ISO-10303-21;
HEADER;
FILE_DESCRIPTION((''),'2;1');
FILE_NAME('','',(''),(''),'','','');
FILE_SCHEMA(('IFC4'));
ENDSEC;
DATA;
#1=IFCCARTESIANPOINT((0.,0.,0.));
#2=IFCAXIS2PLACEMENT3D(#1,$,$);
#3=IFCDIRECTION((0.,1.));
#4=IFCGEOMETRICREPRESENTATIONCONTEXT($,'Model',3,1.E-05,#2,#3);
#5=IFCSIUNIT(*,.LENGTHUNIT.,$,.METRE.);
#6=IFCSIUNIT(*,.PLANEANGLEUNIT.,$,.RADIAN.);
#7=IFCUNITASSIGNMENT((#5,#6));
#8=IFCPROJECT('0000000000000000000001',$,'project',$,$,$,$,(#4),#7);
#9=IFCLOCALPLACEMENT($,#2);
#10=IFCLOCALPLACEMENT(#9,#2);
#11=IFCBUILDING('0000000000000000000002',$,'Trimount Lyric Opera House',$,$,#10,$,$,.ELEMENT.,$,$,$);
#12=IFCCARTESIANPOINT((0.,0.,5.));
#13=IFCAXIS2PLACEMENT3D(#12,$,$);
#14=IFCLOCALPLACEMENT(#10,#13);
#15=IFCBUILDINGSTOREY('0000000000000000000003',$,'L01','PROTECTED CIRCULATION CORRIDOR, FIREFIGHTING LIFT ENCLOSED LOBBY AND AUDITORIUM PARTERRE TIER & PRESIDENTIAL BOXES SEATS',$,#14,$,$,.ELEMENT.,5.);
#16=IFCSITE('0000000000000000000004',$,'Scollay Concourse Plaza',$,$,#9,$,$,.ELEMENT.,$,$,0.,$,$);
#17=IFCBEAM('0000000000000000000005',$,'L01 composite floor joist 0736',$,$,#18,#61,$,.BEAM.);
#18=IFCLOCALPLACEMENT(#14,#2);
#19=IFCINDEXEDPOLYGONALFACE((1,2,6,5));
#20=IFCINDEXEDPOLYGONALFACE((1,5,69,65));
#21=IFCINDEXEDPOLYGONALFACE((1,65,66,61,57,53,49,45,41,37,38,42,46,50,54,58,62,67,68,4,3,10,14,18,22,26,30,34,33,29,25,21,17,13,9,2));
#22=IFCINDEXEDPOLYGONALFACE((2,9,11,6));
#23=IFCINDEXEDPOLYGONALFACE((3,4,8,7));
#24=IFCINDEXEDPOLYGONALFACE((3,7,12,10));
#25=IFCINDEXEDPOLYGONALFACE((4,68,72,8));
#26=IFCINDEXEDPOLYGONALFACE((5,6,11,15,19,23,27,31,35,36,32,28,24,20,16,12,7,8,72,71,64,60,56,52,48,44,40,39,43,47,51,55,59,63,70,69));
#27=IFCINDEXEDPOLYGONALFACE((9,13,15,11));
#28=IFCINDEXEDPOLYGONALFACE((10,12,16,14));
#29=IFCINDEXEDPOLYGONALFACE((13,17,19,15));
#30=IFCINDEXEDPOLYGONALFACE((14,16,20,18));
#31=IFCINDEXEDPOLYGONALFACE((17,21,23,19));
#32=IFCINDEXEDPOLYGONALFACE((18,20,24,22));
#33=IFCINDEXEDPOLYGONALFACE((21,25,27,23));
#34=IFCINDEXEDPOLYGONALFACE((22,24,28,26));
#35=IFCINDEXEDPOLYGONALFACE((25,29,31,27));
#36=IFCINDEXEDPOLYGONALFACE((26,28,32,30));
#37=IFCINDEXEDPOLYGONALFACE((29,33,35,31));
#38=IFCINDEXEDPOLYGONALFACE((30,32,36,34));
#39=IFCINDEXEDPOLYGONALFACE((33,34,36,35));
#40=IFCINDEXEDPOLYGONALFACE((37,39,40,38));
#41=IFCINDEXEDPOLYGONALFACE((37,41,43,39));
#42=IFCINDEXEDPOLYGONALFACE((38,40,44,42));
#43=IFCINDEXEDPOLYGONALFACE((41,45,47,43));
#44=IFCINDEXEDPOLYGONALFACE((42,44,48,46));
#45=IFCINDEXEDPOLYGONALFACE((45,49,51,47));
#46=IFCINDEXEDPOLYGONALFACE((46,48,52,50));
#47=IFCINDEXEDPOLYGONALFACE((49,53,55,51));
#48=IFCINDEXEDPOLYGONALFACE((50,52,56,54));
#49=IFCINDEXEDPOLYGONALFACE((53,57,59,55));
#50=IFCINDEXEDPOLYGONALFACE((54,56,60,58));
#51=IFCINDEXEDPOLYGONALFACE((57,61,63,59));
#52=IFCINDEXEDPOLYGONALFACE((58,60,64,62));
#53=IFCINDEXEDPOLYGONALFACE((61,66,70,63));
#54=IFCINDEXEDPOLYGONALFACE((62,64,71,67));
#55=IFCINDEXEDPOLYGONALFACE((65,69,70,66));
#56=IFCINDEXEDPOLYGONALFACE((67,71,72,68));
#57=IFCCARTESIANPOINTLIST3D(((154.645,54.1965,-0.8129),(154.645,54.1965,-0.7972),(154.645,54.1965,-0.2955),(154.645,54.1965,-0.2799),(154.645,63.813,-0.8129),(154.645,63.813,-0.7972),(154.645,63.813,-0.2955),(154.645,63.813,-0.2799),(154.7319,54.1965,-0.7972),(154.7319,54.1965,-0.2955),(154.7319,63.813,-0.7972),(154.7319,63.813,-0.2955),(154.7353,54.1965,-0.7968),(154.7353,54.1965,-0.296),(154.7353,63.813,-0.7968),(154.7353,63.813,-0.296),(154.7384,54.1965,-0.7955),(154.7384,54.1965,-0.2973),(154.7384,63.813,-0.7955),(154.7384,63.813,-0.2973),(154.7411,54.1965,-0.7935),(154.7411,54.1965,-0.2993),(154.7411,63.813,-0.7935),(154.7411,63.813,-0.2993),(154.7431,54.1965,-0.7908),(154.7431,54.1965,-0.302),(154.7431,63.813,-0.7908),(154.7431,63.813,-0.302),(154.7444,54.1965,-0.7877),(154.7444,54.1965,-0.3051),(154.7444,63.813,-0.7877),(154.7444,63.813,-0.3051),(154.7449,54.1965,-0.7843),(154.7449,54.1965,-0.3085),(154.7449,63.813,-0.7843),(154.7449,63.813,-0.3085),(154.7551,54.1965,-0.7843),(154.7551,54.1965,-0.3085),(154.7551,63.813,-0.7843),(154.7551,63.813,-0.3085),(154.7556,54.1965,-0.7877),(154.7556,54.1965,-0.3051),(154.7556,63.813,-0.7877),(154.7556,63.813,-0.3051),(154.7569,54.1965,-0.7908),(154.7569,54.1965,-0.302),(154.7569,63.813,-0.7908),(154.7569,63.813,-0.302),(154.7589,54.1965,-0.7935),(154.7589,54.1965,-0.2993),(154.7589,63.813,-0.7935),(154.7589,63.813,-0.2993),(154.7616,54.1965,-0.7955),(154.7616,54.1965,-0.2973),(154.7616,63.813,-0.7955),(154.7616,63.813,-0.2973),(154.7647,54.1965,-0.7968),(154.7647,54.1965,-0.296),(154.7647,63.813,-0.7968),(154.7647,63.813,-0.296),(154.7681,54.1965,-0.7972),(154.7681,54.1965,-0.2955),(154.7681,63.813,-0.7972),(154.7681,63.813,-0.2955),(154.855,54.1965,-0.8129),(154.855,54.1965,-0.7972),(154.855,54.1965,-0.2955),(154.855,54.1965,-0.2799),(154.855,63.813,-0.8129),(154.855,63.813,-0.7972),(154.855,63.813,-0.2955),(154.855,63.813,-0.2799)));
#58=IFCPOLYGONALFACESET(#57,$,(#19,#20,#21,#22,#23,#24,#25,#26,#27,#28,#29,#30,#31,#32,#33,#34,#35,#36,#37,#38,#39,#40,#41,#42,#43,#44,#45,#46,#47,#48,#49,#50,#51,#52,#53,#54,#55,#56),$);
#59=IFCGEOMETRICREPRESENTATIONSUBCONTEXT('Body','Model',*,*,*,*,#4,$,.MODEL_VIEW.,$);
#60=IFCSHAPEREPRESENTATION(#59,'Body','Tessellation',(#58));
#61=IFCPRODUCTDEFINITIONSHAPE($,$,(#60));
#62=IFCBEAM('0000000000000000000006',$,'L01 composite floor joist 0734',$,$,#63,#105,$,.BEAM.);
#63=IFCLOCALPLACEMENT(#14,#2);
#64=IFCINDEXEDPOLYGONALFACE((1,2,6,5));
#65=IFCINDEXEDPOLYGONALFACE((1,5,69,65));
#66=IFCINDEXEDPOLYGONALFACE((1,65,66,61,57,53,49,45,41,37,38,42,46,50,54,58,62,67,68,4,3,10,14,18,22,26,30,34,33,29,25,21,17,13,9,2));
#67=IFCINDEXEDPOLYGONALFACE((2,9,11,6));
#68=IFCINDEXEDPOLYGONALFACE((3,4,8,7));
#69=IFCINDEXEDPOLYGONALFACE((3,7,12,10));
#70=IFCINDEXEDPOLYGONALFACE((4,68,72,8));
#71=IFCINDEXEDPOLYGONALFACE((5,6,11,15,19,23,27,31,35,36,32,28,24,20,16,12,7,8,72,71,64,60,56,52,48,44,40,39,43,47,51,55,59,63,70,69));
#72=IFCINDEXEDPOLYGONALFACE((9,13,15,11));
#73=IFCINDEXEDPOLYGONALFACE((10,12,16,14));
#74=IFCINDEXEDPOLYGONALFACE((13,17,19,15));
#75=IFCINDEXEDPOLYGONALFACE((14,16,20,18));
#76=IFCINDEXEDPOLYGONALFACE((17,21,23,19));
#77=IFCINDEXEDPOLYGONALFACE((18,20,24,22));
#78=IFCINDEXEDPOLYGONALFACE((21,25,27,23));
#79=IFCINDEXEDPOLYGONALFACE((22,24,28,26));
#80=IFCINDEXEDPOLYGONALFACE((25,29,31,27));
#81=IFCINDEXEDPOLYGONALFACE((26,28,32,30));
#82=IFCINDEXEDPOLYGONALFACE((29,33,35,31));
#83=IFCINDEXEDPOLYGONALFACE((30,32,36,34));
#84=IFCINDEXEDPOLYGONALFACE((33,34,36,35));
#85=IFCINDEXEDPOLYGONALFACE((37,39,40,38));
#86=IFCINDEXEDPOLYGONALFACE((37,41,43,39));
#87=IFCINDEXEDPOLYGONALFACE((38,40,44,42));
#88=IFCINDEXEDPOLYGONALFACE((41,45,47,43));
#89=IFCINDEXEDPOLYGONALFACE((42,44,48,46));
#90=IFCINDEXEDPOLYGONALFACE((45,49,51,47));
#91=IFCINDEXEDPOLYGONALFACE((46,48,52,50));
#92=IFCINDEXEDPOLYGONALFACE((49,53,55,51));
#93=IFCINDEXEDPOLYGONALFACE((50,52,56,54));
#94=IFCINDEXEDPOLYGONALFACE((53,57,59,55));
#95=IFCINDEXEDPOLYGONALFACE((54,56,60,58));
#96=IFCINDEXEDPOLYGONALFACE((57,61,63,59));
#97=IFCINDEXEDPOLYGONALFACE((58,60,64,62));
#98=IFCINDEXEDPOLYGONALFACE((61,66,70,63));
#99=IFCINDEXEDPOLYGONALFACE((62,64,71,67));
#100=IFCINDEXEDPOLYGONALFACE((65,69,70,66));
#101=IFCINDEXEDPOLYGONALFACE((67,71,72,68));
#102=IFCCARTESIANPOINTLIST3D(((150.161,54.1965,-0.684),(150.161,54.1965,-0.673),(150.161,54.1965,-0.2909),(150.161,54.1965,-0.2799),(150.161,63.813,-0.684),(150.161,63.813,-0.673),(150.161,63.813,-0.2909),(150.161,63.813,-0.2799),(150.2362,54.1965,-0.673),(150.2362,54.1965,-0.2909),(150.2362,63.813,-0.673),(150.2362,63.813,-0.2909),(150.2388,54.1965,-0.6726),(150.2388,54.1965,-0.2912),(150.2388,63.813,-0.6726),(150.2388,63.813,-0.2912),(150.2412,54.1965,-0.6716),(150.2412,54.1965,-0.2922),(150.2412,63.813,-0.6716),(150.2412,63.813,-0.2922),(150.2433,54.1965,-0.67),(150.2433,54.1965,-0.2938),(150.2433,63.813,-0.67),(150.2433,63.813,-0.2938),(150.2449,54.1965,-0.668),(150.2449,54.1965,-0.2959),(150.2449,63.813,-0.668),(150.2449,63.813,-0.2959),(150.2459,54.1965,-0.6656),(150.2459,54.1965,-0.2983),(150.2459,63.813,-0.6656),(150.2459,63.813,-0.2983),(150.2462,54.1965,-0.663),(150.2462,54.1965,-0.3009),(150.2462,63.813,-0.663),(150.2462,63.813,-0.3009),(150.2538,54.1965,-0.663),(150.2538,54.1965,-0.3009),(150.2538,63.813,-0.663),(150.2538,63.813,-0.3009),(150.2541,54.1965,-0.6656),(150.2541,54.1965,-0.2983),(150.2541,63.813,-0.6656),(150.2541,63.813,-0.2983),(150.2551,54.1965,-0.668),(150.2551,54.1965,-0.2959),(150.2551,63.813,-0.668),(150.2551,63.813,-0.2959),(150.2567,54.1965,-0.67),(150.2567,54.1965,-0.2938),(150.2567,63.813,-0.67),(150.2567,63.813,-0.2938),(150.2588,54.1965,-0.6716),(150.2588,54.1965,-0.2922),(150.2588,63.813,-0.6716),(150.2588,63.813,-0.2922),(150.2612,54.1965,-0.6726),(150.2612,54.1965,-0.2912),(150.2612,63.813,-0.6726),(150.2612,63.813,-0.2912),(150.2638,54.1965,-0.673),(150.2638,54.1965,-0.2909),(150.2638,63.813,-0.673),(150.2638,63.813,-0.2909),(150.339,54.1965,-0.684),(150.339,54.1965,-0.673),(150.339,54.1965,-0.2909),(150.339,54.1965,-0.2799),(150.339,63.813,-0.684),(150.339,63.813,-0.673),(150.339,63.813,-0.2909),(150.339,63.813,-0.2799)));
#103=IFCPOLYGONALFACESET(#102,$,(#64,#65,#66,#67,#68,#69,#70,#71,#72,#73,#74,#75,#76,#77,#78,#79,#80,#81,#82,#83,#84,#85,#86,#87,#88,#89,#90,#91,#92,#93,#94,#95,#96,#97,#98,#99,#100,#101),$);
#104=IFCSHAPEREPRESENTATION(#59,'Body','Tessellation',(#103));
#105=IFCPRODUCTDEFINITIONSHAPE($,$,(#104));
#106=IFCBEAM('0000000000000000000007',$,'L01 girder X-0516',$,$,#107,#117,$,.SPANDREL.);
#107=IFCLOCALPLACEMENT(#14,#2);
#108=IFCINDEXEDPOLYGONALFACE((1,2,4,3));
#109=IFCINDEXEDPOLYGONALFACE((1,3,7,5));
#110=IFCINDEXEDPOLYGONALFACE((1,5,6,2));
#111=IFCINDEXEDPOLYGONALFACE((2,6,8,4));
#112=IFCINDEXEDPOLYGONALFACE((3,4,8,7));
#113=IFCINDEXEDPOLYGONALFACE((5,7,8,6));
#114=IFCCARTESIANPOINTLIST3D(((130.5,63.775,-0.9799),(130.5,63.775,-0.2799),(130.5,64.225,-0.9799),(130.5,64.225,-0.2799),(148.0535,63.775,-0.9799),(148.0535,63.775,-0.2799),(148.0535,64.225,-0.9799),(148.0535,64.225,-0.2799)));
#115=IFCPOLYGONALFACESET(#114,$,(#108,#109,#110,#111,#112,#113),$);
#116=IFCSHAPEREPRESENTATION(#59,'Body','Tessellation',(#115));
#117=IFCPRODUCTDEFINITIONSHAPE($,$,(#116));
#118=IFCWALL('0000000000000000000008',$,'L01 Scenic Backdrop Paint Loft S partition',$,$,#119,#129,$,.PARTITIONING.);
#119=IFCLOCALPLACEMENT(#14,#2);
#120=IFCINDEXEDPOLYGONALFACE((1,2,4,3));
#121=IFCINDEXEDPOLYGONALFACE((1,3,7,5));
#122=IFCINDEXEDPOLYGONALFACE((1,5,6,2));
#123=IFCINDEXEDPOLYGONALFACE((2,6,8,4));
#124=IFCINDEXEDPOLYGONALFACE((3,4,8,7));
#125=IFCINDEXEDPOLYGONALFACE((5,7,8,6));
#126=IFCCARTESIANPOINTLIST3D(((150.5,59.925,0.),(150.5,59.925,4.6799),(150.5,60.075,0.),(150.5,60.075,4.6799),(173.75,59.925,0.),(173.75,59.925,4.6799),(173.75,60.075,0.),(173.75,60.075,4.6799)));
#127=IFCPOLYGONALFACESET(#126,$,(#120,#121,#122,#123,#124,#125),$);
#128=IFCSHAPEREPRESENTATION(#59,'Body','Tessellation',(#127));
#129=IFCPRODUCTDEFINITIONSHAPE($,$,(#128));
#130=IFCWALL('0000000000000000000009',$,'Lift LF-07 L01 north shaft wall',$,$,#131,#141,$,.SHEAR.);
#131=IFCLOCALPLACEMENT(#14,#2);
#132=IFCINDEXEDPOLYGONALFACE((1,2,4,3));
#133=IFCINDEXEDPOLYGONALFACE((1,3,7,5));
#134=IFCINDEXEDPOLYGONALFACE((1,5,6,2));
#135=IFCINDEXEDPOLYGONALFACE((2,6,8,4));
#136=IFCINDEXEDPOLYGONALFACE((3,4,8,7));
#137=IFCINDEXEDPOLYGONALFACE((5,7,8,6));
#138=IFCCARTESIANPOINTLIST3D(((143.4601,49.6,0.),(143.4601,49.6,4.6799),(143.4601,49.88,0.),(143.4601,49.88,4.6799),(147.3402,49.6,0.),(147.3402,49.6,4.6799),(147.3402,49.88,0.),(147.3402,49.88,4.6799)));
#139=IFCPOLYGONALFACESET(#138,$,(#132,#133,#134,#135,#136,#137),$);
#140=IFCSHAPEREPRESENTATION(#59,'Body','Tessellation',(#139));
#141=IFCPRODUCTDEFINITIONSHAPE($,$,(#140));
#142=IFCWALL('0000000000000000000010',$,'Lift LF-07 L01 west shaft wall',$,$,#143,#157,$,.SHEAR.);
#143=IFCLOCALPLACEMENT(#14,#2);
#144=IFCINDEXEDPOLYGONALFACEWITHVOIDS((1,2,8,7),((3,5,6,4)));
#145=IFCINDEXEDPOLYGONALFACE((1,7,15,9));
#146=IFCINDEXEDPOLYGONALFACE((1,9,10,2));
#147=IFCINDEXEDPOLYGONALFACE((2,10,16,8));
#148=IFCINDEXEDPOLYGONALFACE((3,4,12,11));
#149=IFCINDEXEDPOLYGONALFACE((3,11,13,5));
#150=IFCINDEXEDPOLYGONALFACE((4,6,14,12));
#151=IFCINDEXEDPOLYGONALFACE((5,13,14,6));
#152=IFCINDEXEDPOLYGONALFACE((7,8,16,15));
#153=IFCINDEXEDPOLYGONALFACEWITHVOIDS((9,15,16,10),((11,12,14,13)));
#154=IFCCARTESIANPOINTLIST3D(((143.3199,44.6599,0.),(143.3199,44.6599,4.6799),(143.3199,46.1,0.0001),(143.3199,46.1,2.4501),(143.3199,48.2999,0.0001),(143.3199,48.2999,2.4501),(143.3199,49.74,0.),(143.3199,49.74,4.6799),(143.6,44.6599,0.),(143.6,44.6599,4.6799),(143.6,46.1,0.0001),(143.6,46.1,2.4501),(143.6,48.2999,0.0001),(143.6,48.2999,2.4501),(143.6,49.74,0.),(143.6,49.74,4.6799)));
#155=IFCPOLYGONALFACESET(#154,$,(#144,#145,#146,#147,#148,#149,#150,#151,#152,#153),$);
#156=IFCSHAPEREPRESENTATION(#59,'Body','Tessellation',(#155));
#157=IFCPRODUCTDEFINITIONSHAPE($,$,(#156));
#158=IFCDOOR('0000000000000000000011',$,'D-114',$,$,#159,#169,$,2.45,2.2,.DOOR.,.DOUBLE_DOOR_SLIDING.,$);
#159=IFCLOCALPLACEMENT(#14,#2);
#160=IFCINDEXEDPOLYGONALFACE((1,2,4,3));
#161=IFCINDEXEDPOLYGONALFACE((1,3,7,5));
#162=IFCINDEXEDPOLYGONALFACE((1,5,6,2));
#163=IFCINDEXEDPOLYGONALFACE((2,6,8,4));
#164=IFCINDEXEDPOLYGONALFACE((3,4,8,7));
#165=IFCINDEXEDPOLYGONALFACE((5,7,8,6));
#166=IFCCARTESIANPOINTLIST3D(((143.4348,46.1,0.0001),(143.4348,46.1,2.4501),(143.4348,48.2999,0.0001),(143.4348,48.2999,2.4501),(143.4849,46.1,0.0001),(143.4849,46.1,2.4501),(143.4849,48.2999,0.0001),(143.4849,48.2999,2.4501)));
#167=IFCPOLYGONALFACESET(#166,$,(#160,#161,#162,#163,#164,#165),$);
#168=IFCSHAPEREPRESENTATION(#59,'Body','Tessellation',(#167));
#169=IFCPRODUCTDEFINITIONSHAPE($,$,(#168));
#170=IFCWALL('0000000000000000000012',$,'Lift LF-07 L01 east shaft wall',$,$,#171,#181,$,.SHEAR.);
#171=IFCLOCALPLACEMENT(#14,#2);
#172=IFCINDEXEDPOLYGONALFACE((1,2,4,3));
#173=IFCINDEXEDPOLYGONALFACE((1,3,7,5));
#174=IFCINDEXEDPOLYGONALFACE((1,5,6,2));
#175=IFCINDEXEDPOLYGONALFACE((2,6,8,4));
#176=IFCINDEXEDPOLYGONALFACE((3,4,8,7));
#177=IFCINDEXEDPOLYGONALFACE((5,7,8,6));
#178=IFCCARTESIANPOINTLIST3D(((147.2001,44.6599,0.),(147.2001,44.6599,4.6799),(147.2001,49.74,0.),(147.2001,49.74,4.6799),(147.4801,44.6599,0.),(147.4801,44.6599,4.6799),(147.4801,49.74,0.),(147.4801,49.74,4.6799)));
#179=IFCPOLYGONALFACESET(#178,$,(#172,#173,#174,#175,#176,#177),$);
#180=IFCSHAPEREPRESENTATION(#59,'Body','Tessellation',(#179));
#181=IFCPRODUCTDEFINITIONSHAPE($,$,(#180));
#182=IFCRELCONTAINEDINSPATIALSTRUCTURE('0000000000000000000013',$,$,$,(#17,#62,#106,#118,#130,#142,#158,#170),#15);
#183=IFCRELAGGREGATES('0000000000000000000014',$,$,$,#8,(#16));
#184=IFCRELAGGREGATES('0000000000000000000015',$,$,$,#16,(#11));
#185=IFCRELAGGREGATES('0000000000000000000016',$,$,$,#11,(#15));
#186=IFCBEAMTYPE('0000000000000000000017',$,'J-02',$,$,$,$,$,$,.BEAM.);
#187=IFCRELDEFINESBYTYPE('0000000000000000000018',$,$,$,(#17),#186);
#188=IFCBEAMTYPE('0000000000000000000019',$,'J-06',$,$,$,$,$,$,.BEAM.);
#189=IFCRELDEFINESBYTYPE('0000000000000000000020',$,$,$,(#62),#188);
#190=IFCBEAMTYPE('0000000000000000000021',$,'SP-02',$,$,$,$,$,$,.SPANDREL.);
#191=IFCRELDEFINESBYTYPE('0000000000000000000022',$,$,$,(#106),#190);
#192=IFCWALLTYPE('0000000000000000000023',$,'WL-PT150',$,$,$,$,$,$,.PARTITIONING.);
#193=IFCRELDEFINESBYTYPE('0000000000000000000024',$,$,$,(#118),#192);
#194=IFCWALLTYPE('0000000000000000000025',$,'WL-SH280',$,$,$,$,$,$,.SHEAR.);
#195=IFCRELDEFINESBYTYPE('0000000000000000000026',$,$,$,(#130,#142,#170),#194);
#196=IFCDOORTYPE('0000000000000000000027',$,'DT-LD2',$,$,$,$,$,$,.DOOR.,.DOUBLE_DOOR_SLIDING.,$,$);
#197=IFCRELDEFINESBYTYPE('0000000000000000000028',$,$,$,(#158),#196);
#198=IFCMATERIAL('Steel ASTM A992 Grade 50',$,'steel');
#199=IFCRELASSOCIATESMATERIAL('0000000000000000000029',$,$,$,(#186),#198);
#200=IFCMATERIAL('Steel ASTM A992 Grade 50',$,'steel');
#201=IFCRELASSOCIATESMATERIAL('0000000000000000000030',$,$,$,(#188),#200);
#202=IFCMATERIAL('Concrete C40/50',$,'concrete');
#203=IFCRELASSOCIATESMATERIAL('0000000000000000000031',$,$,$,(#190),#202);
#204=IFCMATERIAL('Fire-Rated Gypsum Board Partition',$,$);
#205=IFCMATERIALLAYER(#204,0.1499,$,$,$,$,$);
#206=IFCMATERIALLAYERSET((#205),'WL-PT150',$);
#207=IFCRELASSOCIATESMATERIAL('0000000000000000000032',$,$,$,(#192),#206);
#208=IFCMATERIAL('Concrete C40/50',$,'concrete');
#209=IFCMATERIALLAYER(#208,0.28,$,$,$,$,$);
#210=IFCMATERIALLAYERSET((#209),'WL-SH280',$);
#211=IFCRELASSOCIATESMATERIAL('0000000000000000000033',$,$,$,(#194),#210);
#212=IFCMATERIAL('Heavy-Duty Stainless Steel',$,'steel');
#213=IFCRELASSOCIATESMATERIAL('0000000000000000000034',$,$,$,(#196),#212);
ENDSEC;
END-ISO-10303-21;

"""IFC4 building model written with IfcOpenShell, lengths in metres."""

from ifc_helpers import new_model, si_unit, direction, frame, frame_2d, origin, origin_2d, place, context, subcontext, project, spatial, rectangle, i_section, extrude, material, layer, layer_set, material_profile, profile_set, type_object, element, fill, save


model = new_model("IFC4")

# Units and contexts
model_context = context("Model", 3, precision=1e-05, world=origin(), true_north=direction((0.0, 1.0)))
body_context = subcontext(model_context, "Body", "Model", "MODEL_VIEW")
ifc_project = project(units=[si_unit("LENGTHUNIT", "METRE"), si_unit("PLANEANGLEUNIT", "RADIAN")], contexts=[model_context])

# Site, building, storey
site_placement = place(None, origin())
site = spatial("IfcSite", under=ifc_project, at=site_placement, Name="Scollay Concourse Plaza", CompositionType="ELEMENT", RefElevation=0.0)
building_placement = place(site_placement, origin())
building = spatial("IfcBuilding", under=site, at=building_placement, Name="Trimount Lyric Opera House", CompositionType="ELEMENT")
storey_placement = place(building_placement, frame((0.0, 0.0, 5.0)))
storey = spatial("IfcBuildingStorey", under=building, at=storey_placement, Name="L01", Description="PROTECTED CIRCULATION CORRIDOR, FIREFIGHTING LIFT ENCLOSED LOBBY AND AUDITORIUM PARTERRE TIER & PRESIDENTIAL BOXES SEATS", CompositionType="ELEMENT", Elevation=5.0)

# Beams
ifc_material_1 = material(Name="Steel ASTM A992 Grade 50", Category="steel")
ifc_material_profile_1 = material_profile(ifc_material_1, i_section(OverallWidth=0.21, OverallDepth=0.533, WebThickness=0.0103, FlangeThickness=0.0156, FilletRadius=0.0129, at=origin_2d()), Name="W21X62")
ifc_profile_set_1 = profile_set([ifc_material_profile_1], Name="Steel ASTM A992 Grade 50")
beam_type_1 = type_object("IfcBeamType", Name="J-02", PredefinedType="BEAM", material=ifc_profile_set_1)
beam_1_placement = place(storey_placement, frame((154.75, 54.1965, -0.5464), z_axis=(0.0, 1.0, 0.0), x_axis=(-1.0, 0.0, 0.0)))
element("IfcBeam", 1, at=beam_1_placement, inside=storey, type_object=beam_type_1, Name="L01 composite floor joist 0736", PredefinedType="BEAM", context=body_context, shape_type="SweptSolid", body=[
    extrude(i_section(OverallWidth=0.21, OverallDepth=0.533, WebThickness=0.0103, FlangeThickness=0.0156, FilletRadius=0.0129, at=origin_2d()), origin(), (0.0, 0.0, 1.0), 9.6165),
])
ifc_material_2 = material(Name="Steel ASTM A992 Grade 50", Category="steel")
ifc_material_profile_2 = material_profile(ifc_material_2, i_section(OverallWidth=0.178, OverallDepth=0.4041, WebThickness=0.0076, FlangeThickness=0.011, FilletRadius=0.01, at=origin_2d()), Name="W16X36")
ifc_profile_set_2 = profile_set([ifc_material_profile_2], Name="Steel ASTM A992 Grade 50")
beam_type_2 = type_object("IfcBeamType", Name="J-06", PredefinedType="BEAM", material=ifc_profile_set_2)
beam_2_placement = place(storey_placement, frame((150.25, 54.1965, -0.4819), z_axis=(0.0, 1.0, 0.0), x_axis=(-1.0, 0.0, 0.0)))
element("IfcBeam", 2, at=beam_2_placement, inside=storey, type_object=beam_type_2, Name="L01 composite floor joist 0734", PredefinedType="BEAM", context=body_context, shape_type="SweptSolid", body=[
    extrude(i_section(OverallWidth=0.178, OverallDepth=0.4041, WebThickness=0.0076, FlangeThickness=0.011, FilletRadius=0.01, at=origin_2d()), origin(), (0.0, 0.0, 1.0), 9.6165),
])
ifc_material_3 = material(Name="Concrete C40/50", Category="concrete")
ifc_material_profile_3 = material_profile(ifc_material_3, rectangle(XDim=0.45, YDim=0.7, at=origin_2d()), Name="RC450X700")
ifc_profile_set_3 = profile_set([ifc_material_profile_3], Name="Concrete C40/50")
beam_type_3 = type_object("IfcBeamType", Name="SP-02", PredefinedType="SPANDREL", material=ifc_profile_set_3)
beam_3_placement = place(storey_placement, frame((130.5, 64.0, -0.6299), z_axis=(1.0, 0.0, 0.0), x_axis=(0.0, 1.0, 0.0)))
element("IfcBeam", 3, at=beam_3_placement, inside=storey, type_object=beam_type_3, Name="L01 girder X-0516", PredefinedType="SPANDREL", context=body_context, shape_type="SweptSolid", body=[
    extrude(rectangle(XDim=0.45, YDim=0.7, at=origin_2d()), origin(), (0.0, 0.0, 1.0), 17.5535),
])

# Walls
ifc_material_4 = material(Name="Fire-Rated Gypsum Board Partition")
ifc_layer_1 = layer(ifc_material_4, 0.1499)
ifc_layer_set_1 = layer_set([ifc_layer_1], Name="WL-PT150")
wall_type_1 = type_object("IfcWallType", Name="WL-PT150", PredefinedType="PARTITIONING", material=ifc_layer_set_1)
wall_1_placement = place(storey_placement, frame((150.5, 60.0, 0.0), z_axis=(0.0, 0.0, 1.0), x_axis=(1.0, 0.0, 0.0)))
element("IfcWall", 4, at=wall_1_placement, inside=storey, type_object=wall_type_1, Name="L01 Scenic Backdrop Paint Loft S partition", PredefinedType="PARTITIONING", context=body_context, shape_type="SweptSolid", body=[
    extrude(rectangle(XDim=23.25, YDim=0.1499, at=frame_2d((11.625, 0.0))), origin(), (0.0, 0.0, 1.0), 4.6799),
])
ifc_material_5 = material(Name="Concrete C40/50", Category="concrete")
ifc_layer_2 = layer(ifc_material_5, 0.28)
ifc_layer_set_2 = layer_set([ifc_layer_2], Name="WL-SH280")
wall_type_2 = type_object("IfcWallType", Name="WL-SH280", PredefinedType="SHEAR", material=ifc_layer_set_2)
for number, where, z_axis, x_axis, name in (
    (5, (147.3401, 49.74, 0.0), (0.0, 0.0, 1.0), (-1.0, 0.0, 0.0), "Lift LF-07 L01 north shaft wall"),
):
    element("IfcWall", number, at=place(storey_placement, frame(where, z_axis=z_axis, x_axis=x_axis)), inside=storey, type_object=wall_type_2, Name=name, PredefinedType="SHEAR", context=body_context, shape_type="SweptSolid", body=[
        extrude(rectangle(XDim=3.8801, YDim=0.28, at=frame_2d((1.9399, 0.0))), origin(), (0.0, 0.0, 1.0), 4.6799),
    ])

# Wall, opening, door
wall_2_placement = place(storey_placement, frame((143.46, 49.74, 0.0), z_axis=(0.0, 0.0, 1.0), x_axis=(0.0, -1.0, 0.0)))
wall_2 = element("IfcWall", 6, at=wall_2_placement, inside=storey, type_object=wall_type_2, Name="Lift LF-07 L01 west shaft wall", PredefinedType="SHEAR", context=body_context, shape_type="SweptSolid", body=[
    extrude(rectangle(XDim=5.0801, YDim=0.28, at=frame_2d((2.54, 0.0))), origin(), (0.0, 0.0, 1.0), 4.6799),
])
opening_placement = place(wall_2_placement, frame((1.4399, 0.0, 0.0)))
opening = element("IfcOpeningElement", 7, at=opening_placement, cuts=wall_2, PredefinedType="OPENING", context=body_context, shape_type="SweptSolid", body=[
    extrude(rectangle(XDim=2.2, YDim=2.45, at=frame_2d((1.1001, 1.2251))), frame((0.0, 0.1499, 0.0), z_axis=(0.0, -1.0, 0.0), x_axis=(1.0, 0.0, 0.0)), (0.0, 0.0, 1.0), 0.3),
])
ifc_material_6 = material(Name="Heavy-Duty Stainless Steel", Category="steel")
door_type = type_object("IfcDoorType", Name="DT-LD2", OperationType="DOUBLE_DOOR_SLIDING", PredefinedType="DOOR", material=ifc_material_6)
door_placement = place(opening_placement, origin())
door = element("IfcDoor", 8, at=door_placement, inside=storey, type_object=door_type, Name="D-114", OperationType="DOUBLE_DOOR_SLIDING", OverallHeight=2.45, OverallWidth=2.2, PredefinedType="DOOR", context=body_context, shape_type="SweptSolid", body=[
    extrude(rectangle(XDim=2.2, YDim=2.45, at=frame_2d((1.1001, 1.2251))), frame((0.0, 0.0249, 0.0), z_axis=(0.0, -1.0, 0.0), x_axis=(1.0, 0.0, 0.0)), (0.0, 0.0, 1.0), 0.05),
])
fill(opening, door)

# Wall
wall_3_placement = place(storey_placement, frame((147.3401, 44.6599, 0.0), z_axis=(0.0, 0.0, 1.0), x_axis=(0.0, 1.0, 0.0)))
element("IfcWall", 9, at=wall_3_placement, inside=storey, type_object=wall_type_2, Name="Lift LF-07 L01 east shaft wall", PredefinedType="SHEAR", context=body_context, shape_type="SweptSolid", body=[
    extrude(rectangle(XDim=5.0801, YDim=0.28, at=frame_2d((2.54, 0.0))), origin(), (0.0, 0.0, 1.0), 4.6799),
])

save(model, "model.ifc")
